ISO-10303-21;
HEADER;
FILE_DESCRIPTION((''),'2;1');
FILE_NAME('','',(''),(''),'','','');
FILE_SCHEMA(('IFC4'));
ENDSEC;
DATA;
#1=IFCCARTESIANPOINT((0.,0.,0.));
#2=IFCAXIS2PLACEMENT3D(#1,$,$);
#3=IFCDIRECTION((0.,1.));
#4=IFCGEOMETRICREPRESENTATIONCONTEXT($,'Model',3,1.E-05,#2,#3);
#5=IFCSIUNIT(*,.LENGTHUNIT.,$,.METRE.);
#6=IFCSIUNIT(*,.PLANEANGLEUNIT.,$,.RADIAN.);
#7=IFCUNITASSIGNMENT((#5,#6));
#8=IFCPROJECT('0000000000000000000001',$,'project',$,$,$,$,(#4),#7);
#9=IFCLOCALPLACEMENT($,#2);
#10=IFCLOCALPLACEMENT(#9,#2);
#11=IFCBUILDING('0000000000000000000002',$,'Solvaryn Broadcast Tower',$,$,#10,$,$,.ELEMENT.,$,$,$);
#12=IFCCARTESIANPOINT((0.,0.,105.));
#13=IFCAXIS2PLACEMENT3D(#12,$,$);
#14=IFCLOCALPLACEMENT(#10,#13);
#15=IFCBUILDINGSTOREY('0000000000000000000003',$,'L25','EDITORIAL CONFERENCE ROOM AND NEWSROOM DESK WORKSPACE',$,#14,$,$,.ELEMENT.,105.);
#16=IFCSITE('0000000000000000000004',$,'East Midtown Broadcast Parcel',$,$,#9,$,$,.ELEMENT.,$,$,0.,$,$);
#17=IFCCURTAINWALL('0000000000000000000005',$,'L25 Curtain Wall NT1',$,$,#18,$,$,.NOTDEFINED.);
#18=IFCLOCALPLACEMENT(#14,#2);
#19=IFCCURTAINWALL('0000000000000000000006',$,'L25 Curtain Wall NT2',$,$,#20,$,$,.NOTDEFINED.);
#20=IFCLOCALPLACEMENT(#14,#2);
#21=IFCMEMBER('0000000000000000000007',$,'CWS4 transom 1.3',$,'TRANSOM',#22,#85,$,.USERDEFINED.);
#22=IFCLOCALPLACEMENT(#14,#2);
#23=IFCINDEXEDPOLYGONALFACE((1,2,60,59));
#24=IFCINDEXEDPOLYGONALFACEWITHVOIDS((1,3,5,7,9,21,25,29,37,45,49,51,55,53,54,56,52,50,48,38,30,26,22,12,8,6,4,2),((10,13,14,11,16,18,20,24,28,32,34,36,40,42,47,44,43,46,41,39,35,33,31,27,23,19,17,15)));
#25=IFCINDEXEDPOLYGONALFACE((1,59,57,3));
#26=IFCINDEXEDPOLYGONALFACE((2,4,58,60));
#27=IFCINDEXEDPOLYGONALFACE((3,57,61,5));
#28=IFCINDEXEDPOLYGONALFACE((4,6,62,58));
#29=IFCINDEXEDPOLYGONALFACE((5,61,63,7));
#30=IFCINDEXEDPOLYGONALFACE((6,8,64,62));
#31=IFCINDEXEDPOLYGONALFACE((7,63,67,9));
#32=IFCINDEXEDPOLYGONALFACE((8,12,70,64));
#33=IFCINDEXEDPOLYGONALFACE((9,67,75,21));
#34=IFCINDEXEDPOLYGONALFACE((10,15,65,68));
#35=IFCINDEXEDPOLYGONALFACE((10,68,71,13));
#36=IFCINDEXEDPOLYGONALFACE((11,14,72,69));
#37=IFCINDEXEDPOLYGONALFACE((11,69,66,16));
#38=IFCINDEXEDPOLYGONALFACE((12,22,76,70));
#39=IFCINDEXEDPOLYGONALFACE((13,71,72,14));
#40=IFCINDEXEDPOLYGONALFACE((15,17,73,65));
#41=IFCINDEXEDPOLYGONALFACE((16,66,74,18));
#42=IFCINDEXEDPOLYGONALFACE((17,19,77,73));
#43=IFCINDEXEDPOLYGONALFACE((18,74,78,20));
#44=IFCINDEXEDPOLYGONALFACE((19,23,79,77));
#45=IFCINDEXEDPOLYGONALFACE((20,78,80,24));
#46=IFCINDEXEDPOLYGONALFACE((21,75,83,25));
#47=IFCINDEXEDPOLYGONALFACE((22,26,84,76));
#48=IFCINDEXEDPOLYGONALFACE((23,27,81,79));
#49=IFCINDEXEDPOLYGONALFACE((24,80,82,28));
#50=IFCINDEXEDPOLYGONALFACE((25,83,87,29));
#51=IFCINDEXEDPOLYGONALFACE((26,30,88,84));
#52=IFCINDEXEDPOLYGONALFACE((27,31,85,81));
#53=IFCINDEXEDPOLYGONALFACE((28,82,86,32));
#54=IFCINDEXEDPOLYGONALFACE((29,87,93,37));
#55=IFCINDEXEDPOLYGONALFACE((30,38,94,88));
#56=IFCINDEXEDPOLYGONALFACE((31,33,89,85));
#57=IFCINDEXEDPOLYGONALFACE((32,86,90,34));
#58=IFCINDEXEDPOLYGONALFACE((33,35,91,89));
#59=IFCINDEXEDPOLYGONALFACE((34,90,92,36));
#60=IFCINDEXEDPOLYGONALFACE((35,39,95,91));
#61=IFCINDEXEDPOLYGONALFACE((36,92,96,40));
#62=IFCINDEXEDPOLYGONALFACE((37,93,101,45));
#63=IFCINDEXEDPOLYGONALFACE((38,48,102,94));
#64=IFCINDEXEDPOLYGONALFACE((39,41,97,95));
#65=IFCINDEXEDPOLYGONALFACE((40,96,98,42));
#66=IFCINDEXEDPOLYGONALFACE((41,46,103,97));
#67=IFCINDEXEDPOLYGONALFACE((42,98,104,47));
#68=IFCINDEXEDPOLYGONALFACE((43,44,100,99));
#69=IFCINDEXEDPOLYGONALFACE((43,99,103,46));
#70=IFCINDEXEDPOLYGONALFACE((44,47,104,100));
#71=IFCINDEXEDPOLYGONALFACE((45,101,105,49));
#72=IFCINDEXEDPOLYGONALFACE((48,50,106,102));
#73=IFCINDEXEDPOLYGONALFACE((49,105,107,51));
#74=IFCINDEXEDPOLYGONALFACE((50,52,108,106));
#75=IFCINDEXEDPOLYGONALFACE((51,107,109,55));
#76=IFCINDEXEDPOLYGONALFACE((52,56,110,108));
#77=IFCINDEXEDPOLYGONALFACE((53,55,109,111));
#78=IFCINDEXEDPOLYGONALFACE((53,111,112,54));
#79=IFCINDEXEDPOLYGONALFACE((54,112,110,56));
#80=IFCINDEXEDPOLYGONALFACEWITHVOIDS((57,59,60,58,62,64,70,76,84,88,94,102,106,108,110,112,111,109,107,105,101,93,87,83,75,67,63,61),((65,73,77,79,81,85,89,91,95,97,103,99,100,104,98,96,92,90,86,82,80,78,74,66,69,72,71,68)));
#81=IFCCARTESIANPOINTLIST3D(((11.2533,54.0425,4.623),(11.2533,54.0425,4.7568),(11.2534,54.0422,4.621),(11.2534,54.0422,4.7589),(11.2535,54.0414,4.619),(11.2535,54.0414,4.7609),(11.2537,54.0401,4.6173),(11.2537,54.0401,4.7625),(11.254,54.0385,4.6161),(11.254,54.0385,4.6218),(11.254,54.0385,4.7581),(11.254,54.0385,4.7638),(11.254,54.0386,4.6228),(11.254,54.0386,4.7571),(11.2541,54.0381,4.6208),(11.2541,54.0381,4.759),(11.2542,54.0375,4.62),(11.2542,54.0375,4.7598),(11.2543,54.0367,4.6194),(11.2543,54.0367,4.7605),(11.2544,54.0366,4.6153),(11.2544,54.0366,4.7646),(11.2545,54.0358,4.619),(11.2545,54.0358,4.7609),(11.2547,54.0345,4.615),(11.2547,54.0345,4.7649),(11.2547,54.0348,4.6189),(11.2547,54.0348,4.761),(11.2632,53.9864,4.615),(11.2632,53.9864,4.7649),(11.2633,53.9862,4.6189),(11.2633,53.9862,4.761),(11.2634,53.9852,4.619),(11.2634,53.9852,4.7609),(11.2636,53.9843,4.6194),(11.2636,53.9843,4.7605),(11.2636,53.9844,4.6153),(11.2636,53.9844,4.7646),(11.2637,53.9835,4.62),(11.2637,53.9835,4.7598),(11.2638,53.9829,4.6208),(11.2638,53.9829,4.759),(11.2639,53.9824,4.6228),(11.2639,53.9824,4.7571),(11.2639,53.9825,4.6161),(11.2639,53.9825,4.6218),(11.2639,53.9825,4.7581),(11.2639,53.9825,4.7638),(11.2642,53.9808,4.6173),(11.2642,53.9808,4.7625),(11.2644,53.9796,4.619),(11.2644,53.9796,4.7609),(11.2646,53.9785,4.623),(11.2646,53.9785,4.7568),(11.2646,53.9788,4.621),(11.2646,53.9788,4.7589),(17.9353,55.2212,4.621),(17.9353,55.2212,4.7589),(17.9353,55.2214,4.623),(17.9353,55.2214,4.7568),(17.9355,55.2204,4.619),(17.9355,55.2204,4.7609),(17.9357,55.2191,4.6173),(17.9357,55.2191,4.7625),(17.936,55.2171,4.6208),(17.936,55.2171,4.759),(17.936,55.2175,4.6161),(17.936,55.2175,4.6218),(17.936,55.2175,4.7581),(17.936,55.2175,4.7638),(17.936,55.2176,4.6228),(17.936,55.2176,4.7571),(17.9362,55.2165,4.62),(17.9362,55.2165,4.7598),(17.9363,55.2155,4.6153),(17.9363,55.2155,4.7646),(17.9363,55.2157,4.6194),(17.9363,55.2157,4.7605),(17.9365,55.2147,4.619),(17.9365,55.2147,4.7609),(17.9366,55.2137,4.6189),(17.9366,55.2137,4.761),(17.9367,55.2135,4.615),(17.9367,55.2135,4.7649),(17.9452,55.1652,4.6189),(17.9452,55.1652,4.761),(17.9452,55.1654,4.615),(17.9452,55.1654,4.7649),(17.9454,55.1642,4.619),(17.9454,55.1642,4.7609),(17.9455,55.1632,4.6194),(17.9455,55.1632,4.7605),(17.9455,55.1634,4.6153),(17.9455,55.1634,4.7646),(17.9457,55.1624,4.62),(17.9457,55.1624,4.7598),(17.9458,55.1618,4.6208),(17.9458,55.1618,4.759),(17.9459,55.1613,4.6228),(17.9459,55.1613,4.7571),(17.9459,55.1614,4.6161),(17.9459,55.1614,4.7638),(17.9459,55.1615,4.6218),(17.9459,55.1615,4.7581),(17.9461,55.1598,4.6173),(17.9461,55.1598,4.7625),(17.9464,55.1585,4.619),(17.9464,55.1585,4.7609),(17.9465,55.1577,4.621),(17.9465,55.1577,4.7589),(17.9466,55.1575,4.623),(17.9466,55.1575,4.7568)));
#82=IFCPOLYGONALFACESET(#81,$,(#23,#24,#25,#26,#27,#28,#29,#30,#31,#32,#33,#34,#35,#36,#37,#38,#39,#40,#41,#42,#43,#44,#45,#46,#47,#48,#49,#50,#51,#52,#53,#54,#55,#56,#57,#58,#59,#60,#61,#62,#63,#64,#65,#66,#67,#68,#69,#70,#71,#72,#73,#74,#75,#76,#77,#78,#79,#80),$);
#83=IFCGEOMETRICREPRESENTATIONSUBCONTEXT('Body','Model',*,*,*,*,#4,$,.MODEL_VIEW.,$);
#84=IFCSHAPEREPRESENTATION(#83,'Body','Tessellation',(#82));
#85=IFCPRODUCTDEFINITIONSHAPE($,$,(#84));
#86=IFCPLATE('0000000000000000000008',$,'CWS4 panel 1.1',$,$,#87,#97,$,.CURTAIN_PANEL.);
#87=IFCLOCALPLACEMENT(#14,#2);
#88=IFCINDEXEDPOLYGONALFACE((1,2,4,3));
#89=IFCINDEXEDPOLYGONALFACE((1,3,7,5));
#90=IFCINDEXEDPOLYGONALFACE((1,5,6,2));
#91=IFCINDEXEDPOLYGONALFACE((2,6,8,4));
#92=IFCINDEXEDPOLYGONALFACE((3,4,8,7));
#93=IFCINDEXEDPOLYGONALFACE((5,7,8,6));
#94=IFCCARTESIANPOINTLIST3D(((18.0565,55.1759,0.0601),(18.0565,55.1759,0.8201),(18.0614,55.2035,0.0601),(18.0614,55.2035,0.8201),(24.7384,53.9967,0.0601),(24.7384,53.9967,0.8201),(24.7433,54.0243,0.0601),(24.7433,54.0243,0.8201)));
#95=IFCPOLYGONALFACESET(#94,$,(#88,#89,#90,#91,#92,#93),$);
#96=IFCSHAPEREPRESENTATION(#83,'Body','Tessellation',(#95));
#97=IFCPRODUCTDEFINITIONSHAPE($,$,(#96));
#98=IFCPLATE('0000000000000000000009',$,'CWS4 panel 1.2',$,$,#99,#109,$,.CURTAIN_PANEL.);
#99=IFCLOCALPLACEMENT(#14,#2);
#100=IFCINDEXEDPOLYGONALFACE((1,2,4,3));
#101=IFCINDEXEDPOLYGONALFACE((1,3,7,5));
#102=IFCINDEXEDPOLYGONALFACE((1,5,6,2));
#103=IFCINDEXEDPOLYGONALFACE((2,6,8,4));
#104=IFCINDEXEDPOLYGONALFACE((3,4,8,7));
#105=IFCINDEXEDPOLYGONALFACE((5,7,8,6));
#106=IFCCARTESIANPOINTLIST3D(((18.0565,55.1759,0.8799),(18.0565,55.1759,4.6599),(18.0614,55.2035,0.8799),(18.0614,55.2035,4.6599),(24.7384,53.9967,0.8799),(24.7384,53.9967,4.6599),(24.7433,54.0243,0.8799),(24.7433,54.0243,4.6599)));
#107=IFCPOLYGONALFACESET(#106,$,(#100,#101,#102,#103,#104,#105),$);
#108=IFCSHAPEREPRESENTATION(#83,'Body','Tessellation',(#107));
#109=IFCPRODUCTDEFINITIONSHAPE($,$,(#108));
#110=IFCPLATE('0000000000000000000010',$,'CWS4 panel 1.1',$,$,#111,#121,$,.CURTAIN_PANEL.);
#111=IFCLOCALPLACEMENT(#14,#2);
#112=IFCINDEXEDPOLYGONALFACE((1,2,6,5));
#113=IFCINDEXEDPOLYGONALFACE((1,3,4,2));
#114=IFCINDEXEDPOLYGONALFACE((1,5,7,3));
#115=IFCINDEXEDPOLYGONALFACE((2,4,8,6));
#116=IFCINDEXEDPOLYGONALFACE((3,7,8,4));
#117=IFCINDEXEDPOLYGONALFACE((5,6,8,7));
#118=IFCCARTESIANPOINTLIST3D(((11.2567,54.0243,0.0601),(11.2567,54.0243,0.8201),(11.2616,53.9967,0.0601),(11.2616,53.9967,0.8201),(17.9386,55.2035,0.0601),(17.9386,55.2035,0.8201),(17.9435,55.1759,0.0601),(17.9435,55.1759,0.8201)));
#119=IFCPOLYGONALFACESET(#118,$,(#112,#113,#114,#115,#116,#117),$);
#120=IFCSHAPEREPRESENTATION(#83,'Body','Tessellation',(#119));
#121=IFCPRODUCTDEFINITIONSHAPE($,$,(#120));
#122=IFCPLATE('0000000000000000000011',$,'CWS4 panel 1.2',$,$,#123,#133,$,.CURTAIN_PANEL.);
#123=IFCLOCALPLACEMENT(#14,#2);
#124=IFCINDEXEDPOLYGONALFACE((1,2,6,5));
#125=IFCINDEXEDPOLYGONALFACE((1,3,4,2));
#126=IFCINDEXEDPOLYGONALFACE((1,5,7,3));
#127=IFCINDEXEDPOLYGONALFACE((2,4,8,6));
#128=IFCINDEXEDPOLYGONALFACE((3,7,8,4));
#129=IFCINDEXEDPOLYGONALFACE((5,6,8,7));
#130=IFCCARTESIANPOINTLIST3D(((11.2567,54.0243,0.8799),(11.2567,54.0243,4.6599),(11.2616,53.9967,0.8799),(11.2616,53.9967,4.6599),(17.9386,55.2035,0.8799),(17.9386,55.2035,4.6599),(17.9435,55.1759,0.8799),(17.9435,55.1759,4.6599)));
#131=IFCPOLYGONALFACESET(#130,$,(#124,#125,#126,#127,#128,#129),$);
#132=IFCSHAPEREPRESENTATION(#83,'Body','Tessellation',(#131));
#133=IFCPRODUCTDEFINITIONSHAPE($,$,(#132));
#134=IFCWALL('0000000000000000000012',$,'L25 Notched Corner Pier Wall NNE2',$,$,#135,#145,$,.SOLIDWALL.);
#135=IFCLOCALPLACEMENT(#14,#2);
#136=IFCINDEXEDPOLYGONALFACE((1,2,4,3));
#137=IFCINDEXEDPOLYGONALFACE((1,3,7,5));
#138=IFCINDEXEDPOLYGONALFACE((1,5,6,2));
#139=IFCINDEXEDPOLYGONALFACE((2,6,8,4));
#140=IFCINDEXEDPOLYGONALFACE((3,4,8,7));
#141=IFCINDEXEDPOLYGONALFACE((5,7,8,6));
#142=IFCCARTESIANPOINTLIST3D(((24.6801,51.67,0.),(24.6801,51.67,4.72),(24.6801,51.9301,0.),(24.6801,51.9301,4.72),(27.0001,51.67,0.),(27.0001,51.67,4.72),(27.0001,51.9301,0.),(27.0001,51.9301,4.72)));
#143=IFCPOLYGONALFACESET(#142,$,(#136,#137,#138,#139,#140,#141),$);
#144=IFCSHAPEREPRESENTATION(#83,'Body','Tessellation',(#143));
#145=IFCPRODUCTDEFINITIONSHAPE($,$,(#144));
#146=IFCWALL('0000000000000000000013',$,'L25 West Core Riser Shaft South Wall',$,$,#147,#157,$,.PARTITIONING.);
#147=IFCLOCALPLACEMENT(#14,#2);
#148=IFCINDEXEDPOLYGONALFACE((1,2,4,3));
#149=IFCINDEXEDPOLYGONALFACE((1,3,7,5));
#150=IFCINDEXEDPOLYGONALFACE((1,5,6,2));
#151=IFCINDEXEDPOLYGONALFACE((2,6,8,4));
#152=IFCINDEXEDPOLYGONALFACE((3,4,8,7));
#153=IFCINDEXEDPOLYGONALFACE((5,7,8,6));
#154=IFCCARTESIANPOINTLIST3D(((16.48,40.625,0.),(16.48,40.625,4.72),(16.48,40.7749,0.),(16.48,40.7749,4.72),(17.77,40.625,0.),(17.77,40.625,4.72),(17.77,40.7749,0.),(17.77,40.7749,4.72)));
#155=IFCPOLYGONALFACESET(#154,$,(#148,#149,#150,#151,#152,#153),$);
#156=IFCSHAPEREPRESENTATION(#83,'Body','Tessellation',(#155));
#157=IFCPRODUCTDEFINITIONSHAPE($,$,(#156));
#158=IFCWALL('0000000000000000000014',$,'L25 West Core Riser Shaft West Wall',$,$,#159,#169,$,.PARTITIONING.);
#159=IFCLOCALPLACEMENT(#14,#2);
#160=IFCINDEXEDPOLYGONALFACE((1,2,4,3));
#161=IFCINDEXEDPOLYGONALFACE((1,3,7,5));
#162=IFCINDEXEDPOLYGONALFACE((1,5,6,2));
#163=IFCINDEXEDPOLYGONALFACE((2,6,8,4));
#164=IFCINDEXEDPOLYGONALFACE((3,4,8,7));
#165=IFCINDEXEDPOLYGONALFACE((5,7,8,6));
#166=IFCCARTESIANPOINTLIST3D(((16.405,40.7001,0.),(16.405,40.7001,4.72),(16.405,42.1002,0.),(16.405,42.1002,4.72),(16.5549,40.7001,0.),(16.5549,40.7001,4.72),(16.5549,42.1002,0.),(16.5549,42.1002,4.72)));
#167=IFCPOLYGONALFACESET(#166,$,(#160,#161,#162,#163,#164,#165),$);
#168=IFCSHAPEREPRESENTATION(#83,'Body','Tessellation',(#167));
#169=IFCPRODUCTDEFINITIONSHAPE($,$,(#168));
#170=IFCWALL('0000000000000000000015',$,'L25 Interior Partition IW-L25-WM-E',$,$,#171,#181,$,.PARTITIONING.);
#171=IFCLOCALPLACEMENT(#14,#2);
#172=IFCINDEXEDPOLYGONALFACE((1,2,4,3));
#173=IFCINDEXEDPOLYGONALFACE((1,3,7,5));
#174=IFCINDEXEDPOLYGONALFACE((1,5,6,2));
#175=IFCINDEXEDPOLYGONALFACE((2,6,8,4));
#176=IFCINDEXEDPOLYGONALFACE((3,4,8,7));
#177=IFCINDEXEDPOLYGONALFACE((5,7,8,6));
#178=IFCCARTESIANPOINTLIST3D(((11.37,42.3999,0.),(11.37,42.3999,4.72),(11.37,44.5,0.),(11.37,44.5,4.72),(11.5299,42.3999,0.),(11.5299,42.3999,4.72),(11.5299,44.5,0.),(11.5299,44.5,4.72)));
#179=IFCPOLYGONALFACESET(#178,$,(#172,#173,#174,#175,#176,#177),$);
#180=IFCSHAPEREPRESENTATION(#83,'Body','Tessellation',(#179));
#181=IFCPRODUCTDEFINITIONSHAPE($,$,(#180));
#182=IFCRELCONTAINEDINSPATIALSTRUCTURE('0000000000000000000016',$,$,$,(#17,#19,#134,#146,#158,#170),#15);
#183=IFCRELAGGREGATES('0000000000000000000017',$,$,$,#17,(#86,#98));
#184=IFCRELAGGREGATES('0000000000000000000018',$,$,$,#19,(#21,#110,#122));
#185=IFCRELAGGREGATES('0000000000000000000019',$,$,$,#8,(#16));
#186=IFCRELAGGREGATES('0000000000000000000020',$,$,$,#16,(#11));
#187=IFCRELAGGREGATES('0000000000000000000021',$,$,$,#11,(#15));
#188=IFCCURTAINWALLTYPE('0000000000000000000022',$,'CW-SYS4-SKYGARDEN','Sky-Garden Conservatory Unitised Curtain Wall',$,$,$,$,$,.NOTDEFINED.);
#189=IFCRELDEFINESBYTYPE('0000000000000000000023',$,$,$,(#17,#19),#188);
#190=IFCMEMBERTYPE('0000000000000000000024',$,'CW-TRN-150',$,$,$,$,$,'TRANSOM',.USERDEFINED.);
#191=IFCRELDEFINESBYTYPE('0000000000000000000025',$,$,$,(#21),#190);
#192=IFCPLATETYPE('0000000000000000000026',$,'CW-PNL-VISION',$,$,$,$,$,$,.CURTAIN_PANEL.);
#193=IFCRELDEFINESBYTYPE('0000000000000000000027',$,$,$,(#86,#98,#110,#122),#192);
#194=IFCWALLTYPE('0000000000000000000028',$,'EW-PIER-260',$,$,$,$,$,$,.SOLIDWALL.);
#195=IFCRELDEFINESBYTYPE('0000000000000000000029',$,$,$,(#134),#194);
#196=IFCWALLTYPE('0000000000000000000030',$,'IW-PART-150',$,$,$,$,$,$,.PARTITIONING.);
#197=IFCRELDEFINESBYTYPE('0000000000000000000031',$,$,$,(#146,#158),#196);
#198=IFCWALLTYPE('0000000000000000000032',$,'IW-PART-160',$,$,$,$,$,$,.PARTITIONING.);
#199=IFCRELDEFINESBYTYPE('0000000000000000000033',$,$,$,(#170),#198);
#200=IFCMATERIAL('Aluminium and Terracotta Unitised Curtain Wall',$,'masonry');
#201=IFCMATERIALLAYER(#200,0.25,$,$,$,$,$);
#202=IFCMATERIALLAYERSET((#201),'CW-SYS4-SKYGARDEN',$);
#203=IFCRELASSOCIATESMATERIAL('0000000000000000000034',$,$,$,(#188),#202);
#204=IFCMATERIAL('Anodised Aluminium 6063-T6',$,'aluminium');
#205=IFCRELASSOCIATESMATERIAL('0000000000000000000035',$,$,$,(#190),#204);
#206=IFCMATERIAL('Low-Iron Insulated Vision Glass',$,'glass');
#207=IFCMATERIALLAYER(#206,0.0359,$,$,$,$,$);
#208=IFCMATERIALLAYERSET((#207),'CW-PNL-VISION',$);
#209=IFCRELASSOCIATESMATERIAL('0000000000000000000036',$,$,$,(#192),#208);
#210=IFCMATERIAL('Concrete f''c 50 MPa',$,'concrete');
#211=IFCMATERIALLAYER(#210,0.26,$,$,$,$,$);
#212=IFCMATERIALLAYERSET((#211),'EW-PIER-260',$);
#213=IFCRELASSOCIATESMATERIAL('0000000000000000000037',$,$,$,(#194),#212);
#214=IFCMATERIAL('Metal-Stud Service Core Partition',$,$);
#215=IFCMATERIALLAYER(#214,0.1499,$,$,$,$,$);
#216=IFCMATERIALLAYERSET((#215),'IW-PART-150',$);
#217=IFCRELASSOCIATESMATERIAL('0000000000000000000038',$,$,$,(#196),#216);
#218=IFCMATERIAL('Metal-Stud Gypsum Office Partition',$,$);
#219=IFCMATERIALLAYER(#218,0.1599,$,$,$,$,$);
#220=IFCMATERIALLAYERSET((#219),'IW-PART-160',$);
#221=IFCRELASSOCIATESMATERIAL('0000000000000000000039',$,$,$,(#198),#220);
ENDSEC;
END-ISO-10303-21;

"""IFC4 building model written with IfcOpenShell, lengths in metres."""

from ifc_helpers import new_model, si_unit, direction, frame, frame_2d, origin, origin_2d, place, context, subcontext, project, spatial, rectangle, hollow_rectangle, extrude, material, layer, layer_set, material_profile, profile_set, type_object, element, aggregate, save


model = new_model("IFC4")

# Units and contexts
model_context = context("Model", 3, precision=1e-05, world=origin(), true_north=direction((0.0, 1.0)))
body_context = subcontext(model_context, "Body", "Model", "MODEL_VIEW")
ifc_project = project(units=[si_unit("LENGTHUNIT", "METRE"), si_unit("PLANEANGLEUNIT", "RADIAN")], contexts=[model_context])

# Site, building, storey
site_placement = place(None, origin())
site = spatial("IfcSite", under=ifc_project, at=site_placement, Name="East Midtown Broadcast Parcel", CompositionType="ELEMENT", RefElevation=0.0)
building_placement = place(site_placement, origin())
building = spatial("IfcBuilding", under=site, at=building_placement, Name="Solvaryn Broadcast Tower", CompositionType="ELEMENT")
storey_placement = place(building_placement, frame((0.0, 0.0, 105.0)))
storey = spatial("IfcBuildingStorey", under=building, at=storey_placement, Name="L25", Description="EDITORIAL CONFERENCE ROOM AND NEWSROOM DESK WORKSPACE", CompositionType="ELEMENT", Elevation=105.0)

# Curtain wall
ifc_material_1 = material(Name="Aluminium and Terracotta Unitised Curtain Wall", Category="masonry")
ifc_layer_1 = layer(ifc_material_1, 0.25)
ifc_layer_set_1 = layer_set([ifc_layer_1], Name="CW-SYS4-SKYGARDEN")
curtain_wall_type = type_object("IfcCurtainWallType", Name="CW-SYS4-SKYGARDEN", Description="Sky-Garden Conservatory Unitised Curtain Wall", PredefinedType="NOTDEFINED", material=ifc_layer_set_1)
curtain_wall_1_placement = place(storey_placement, origin())
curtain_wall_1 = element("IfcCurtainWall", 1, at=curtain_wall_1_placement, inside=storey, type_object=curtain_wall_type, Name="L25 Curtain Wall NT1", PredefinedType="NOTDEFINED")

# Curtain wall, member
curtain_wall_2_placement = place(storey_placement, origin())
curtain_wall_2 = element("IfcCurtainWall", 2, at=curtain_wall_2_placement, inside=storey, type_object=curtain_wall_type, Name="L25 Curtain Wall NT2", PredefinedType="NOTDEFINED")
ifc_material_2 = material(Name="Anodised Aluminium 6063-T6", Category="aluminium")
ifc_material_profile_1 = material_profile(ifc_material_2, hollow_rectangle(XDim=0.0649, YDim=0.1499, WallThickness=0.0039, InnerFilletRadius=0.0039, OuterFilletRadius=0.0081, at=origin_2d()))
ifc_profile_set_1 = profile_set([ifc_material_profile_1], Name="Anodised Aluminium 6063-T6")
member_type_1 = type_object("IfcMemberType", Name="CW-TRN-150", ElementType="TRANSOM", PredefinedType="USERDEFINED", material=ifc_profile_set_1)
member_1_placement = place(storey_placement, frame((17.9409, 55.1895, 4.6899), z_axis=(-0.984789, -0.173757, 0.0), x_axis=(0.173757, -0.984789, 0.0)))
member_1 = element("IfcMember", 3, at=member_1_placement, type_object=member_type_1, Name="CWS4 transom 1.3", ObjectType="TRANSOM", PredefinedType="USERDEFINED", context=body_context, shape_type="SweptSolid", body=[
    extrude(hollow_rectangle(XDim=0.0649, YDim=0.1499, WallThickness=0.0039, InnerFilletRadius=0.0039, OuterFilletRadius=0.0081, at=origin_2d()), origin(), (0.0, 0.0, 1.0), 6.7852),
])

# Plates
ifc_material_3 = material(Name="Low-Iron Insulated Vision Glass", Category="glass")
ifc_layer_2 = layer(ifc_material_3, 0.0359)
ifc_layer_set_2 = layer_set([ifc_layer_2], Name="CW-PNL-VISION")
plate_type = type_object("IfcPlateType", Name="CW-PNL-VISION", PredefinedType="CURTAIN_PANEL", material=ifc_layer_set_2)
plate_1_placement = place(storey_placement, frame((21.3999, 54.6001, 0.0601), z_axis=(0.0, 0.0, 1.0), x_axis=(-0.984784, 0.173785, 0.0)))
plate_1 = element("IfcPlate", 4, at=plate_1_placement, type_object=plate_type, Name="CWS4 panel 1.1", PredefinedType="CURTAIN_PANEL", context=body_context, shape_type="SweptSolid", body=[
    extrude(rectangle(XDim=6.7852, YDim=0.0281, at=origin_2d()), origin(), (0.0, 0.0, 1.0), 0.76),
])
plate_2_placement = place(storey_placement, frame((21.3999, 54.6001, 0.8799), z_axis=(0.0, 0.0, 1.0), x_axis=(-0.984784, 0.173785, 0.0)))
plate_2 = element("IfcPlate", 5, at=plate_2_placement, type_object=plate_type, Name="CWS4 panel 1.2", PredefinedType="CURTAIN_PANEL", context=body_context, shape_type="SweptSolid", body=[
    extrude(rectangle(XDim=6.7852, YDim=0.0281, at=origin_2d()), origin(), (0.0, 0.0, 1.0), 3.78),
])
aggregate(curtain_wall_1, [plate_1, plate_2])
plate_3_placement = place(storey_placement, frame((14.6001, 54.6001, 0.0601), z_axis=(0.0, 0.0, 1.0), x_axis=(-0.984784, -0.173785, 0.0)))
plate_3 = element("IfcPlate", 6, at=plate_3_placement, type_object=plate_type, Name="CWS4 panel 1.1", PredefinedType="CURTAIN_PANEL", context=body_context, shape_type="SweptSolid", body=[
    extrude(rectangle(XDim=6.7852, YDim=0.0281, at=origin_2d()), origin(), (0.0, 0.0, 1.0), 0.76),
])
plate_4_placement = place(storey_placement, frame((14.6001, 54.6001, 0.8799), z_axis=(0.0, 0.0, 1.0), x_axis=(-0.984784, -0.173785, 0.0)))
plate_4 = element("IfcPlate", 7, at=plate_4_placement, type_object=plate_type, Name="CWS4 panel 1.2", PredefinedType="CURTAIN_PANEL", context=body_context, shape_type="SweptSolid", body=[
    extrude(rectangle(XDim=6.7852, YDim=0.0281, at=origin_2d()), origin(), (0.0, 0.0, 1.0), 3.78),
])
aggregate(curtain_wall_2, [member_1, plate_3, plate_4])

# Walls
ifc_material_4 = material(Name="Concrete f'c 50 MPa", Category="concrete")
ifc_layer_3 = layer(ifc_material_4, 0.26)
ifc_layer_set_3 = layer_set([ifc_layer_3], Name="EW-PIER-260")
wall_type_1 = type_object("IfcWallType", Name="EW-PIER-260", PredefinedType="SOLIDWALL", material=ifc_layer_set_3)
wall_1_placement = place(storey_placement, frame((24.6799, 51.8, 0.0), z_axis=(0.0, 0.0, 1.0), x_axis=(1.0, 0.0, 0.0)))
element("IfcWall", 8, at=wall_1_placement, inside=storey, type_object=wall_type_1, Name="L25 Notched Corner Pier Wall NNE2", PredefinedType="SOLIDWALL", context=body_context, shape_type="SweptSolid", body=[
    extrude(rectangle(XDim=2.3201, YDim=0.26, at=frame_2d((1.1602, 0.0))), origin(), (0.0, 0.0, 1.0), 4.72),
])
ifc_material_5 = material(Name="Metal-Stud Service Core Partition")
ifc_layer_4 = layer(ifc_material_5, 0.1499)
ifc_layer_set_4 = layer_set([ifc_layer_4], Name="IW-PART-150")
wall_type_2 = type_object("IfcWallType", Name="IW-PART-150", PredefinedType="PARTITIONING", material=ifc_layer_set_4)
wall_2_placement = place(storey_placement, frame((16.48, 40.7, 0.0), z_axis=(0.0, 0.0, 1.0), x_axis=(1.0, 0.0, 0.0)))
element("IfcWall", 9, at=wall_2_placement, inside=storey, type_object=wall_type_2, Name="L25 West Core Riser Shaft South Wall", PredefinedType="PARTITIONING", context=body_context, shape_type="SweptSolid", body=[
    extrude(rectangle(XDim=1.29, YDim=0.1499, at=frame_2d((0.645, 0.0))), origin(), (0.0, 0.0, 1.0), 4.72),
])
wall_3_placement = place(storey_placement, frame((16.48, 40.7, 0.0), z_axis=(0.0, 0.0, 1.0), x_axis=(0.0, 1.0, 0.0)))
element("IfcWall", 10, at=wall_3_placement, inside=storey, type_object=wall_type_2, Name="L25 West Core Riser Shaft West Wall", PredefinedType="PARTITIONING", context=body_context, shape_type="SweptSolid", body=[
    extrude(rectangle(XDim=1.4001, YDim=0.1499, at=frame_2d((0.7002, 0.0))), origin(), (0.0, 0.0, 1.0), 4.72),
])
ifc_material_6 = material(Name="Metal-Stud Gypsum Office Partition")
ifc_layer_5 = layer(ifc_material_6, 0.1599)
ifc_layer_set_5 = layer_set([ifc_layer_5], Name="IW-PART-160")
wall_type_3 = type_object("IfcWallType", Name="IW-PART-160", PredefinedType="PARTITIONING", material=ifc_layer_set_5)
wall_4_placement = place(storey_placement, frame((11.45, 42.3999, 0.0), z_axis=(0.0, 0.0, 1.0), x_axis=(0.0, 1.0, 0.0)))
element("IfcWall", 11, at=wall_4_placement, inside=storey, type_object=wall_type_3, Name="L25 Interior Partition IW-L25-WM-E", PredefinedType="PARTITIONING", context=body_context, shape_type="SweptSolid", body=[
    extrude(rectangle(XDim=2.1001, YDim=0.1599, at=frame_2d((1.05, 0.0))), origin(), (0.0, 0.0, 1.0), 4.72),
])

save(model, "model.ifc")
